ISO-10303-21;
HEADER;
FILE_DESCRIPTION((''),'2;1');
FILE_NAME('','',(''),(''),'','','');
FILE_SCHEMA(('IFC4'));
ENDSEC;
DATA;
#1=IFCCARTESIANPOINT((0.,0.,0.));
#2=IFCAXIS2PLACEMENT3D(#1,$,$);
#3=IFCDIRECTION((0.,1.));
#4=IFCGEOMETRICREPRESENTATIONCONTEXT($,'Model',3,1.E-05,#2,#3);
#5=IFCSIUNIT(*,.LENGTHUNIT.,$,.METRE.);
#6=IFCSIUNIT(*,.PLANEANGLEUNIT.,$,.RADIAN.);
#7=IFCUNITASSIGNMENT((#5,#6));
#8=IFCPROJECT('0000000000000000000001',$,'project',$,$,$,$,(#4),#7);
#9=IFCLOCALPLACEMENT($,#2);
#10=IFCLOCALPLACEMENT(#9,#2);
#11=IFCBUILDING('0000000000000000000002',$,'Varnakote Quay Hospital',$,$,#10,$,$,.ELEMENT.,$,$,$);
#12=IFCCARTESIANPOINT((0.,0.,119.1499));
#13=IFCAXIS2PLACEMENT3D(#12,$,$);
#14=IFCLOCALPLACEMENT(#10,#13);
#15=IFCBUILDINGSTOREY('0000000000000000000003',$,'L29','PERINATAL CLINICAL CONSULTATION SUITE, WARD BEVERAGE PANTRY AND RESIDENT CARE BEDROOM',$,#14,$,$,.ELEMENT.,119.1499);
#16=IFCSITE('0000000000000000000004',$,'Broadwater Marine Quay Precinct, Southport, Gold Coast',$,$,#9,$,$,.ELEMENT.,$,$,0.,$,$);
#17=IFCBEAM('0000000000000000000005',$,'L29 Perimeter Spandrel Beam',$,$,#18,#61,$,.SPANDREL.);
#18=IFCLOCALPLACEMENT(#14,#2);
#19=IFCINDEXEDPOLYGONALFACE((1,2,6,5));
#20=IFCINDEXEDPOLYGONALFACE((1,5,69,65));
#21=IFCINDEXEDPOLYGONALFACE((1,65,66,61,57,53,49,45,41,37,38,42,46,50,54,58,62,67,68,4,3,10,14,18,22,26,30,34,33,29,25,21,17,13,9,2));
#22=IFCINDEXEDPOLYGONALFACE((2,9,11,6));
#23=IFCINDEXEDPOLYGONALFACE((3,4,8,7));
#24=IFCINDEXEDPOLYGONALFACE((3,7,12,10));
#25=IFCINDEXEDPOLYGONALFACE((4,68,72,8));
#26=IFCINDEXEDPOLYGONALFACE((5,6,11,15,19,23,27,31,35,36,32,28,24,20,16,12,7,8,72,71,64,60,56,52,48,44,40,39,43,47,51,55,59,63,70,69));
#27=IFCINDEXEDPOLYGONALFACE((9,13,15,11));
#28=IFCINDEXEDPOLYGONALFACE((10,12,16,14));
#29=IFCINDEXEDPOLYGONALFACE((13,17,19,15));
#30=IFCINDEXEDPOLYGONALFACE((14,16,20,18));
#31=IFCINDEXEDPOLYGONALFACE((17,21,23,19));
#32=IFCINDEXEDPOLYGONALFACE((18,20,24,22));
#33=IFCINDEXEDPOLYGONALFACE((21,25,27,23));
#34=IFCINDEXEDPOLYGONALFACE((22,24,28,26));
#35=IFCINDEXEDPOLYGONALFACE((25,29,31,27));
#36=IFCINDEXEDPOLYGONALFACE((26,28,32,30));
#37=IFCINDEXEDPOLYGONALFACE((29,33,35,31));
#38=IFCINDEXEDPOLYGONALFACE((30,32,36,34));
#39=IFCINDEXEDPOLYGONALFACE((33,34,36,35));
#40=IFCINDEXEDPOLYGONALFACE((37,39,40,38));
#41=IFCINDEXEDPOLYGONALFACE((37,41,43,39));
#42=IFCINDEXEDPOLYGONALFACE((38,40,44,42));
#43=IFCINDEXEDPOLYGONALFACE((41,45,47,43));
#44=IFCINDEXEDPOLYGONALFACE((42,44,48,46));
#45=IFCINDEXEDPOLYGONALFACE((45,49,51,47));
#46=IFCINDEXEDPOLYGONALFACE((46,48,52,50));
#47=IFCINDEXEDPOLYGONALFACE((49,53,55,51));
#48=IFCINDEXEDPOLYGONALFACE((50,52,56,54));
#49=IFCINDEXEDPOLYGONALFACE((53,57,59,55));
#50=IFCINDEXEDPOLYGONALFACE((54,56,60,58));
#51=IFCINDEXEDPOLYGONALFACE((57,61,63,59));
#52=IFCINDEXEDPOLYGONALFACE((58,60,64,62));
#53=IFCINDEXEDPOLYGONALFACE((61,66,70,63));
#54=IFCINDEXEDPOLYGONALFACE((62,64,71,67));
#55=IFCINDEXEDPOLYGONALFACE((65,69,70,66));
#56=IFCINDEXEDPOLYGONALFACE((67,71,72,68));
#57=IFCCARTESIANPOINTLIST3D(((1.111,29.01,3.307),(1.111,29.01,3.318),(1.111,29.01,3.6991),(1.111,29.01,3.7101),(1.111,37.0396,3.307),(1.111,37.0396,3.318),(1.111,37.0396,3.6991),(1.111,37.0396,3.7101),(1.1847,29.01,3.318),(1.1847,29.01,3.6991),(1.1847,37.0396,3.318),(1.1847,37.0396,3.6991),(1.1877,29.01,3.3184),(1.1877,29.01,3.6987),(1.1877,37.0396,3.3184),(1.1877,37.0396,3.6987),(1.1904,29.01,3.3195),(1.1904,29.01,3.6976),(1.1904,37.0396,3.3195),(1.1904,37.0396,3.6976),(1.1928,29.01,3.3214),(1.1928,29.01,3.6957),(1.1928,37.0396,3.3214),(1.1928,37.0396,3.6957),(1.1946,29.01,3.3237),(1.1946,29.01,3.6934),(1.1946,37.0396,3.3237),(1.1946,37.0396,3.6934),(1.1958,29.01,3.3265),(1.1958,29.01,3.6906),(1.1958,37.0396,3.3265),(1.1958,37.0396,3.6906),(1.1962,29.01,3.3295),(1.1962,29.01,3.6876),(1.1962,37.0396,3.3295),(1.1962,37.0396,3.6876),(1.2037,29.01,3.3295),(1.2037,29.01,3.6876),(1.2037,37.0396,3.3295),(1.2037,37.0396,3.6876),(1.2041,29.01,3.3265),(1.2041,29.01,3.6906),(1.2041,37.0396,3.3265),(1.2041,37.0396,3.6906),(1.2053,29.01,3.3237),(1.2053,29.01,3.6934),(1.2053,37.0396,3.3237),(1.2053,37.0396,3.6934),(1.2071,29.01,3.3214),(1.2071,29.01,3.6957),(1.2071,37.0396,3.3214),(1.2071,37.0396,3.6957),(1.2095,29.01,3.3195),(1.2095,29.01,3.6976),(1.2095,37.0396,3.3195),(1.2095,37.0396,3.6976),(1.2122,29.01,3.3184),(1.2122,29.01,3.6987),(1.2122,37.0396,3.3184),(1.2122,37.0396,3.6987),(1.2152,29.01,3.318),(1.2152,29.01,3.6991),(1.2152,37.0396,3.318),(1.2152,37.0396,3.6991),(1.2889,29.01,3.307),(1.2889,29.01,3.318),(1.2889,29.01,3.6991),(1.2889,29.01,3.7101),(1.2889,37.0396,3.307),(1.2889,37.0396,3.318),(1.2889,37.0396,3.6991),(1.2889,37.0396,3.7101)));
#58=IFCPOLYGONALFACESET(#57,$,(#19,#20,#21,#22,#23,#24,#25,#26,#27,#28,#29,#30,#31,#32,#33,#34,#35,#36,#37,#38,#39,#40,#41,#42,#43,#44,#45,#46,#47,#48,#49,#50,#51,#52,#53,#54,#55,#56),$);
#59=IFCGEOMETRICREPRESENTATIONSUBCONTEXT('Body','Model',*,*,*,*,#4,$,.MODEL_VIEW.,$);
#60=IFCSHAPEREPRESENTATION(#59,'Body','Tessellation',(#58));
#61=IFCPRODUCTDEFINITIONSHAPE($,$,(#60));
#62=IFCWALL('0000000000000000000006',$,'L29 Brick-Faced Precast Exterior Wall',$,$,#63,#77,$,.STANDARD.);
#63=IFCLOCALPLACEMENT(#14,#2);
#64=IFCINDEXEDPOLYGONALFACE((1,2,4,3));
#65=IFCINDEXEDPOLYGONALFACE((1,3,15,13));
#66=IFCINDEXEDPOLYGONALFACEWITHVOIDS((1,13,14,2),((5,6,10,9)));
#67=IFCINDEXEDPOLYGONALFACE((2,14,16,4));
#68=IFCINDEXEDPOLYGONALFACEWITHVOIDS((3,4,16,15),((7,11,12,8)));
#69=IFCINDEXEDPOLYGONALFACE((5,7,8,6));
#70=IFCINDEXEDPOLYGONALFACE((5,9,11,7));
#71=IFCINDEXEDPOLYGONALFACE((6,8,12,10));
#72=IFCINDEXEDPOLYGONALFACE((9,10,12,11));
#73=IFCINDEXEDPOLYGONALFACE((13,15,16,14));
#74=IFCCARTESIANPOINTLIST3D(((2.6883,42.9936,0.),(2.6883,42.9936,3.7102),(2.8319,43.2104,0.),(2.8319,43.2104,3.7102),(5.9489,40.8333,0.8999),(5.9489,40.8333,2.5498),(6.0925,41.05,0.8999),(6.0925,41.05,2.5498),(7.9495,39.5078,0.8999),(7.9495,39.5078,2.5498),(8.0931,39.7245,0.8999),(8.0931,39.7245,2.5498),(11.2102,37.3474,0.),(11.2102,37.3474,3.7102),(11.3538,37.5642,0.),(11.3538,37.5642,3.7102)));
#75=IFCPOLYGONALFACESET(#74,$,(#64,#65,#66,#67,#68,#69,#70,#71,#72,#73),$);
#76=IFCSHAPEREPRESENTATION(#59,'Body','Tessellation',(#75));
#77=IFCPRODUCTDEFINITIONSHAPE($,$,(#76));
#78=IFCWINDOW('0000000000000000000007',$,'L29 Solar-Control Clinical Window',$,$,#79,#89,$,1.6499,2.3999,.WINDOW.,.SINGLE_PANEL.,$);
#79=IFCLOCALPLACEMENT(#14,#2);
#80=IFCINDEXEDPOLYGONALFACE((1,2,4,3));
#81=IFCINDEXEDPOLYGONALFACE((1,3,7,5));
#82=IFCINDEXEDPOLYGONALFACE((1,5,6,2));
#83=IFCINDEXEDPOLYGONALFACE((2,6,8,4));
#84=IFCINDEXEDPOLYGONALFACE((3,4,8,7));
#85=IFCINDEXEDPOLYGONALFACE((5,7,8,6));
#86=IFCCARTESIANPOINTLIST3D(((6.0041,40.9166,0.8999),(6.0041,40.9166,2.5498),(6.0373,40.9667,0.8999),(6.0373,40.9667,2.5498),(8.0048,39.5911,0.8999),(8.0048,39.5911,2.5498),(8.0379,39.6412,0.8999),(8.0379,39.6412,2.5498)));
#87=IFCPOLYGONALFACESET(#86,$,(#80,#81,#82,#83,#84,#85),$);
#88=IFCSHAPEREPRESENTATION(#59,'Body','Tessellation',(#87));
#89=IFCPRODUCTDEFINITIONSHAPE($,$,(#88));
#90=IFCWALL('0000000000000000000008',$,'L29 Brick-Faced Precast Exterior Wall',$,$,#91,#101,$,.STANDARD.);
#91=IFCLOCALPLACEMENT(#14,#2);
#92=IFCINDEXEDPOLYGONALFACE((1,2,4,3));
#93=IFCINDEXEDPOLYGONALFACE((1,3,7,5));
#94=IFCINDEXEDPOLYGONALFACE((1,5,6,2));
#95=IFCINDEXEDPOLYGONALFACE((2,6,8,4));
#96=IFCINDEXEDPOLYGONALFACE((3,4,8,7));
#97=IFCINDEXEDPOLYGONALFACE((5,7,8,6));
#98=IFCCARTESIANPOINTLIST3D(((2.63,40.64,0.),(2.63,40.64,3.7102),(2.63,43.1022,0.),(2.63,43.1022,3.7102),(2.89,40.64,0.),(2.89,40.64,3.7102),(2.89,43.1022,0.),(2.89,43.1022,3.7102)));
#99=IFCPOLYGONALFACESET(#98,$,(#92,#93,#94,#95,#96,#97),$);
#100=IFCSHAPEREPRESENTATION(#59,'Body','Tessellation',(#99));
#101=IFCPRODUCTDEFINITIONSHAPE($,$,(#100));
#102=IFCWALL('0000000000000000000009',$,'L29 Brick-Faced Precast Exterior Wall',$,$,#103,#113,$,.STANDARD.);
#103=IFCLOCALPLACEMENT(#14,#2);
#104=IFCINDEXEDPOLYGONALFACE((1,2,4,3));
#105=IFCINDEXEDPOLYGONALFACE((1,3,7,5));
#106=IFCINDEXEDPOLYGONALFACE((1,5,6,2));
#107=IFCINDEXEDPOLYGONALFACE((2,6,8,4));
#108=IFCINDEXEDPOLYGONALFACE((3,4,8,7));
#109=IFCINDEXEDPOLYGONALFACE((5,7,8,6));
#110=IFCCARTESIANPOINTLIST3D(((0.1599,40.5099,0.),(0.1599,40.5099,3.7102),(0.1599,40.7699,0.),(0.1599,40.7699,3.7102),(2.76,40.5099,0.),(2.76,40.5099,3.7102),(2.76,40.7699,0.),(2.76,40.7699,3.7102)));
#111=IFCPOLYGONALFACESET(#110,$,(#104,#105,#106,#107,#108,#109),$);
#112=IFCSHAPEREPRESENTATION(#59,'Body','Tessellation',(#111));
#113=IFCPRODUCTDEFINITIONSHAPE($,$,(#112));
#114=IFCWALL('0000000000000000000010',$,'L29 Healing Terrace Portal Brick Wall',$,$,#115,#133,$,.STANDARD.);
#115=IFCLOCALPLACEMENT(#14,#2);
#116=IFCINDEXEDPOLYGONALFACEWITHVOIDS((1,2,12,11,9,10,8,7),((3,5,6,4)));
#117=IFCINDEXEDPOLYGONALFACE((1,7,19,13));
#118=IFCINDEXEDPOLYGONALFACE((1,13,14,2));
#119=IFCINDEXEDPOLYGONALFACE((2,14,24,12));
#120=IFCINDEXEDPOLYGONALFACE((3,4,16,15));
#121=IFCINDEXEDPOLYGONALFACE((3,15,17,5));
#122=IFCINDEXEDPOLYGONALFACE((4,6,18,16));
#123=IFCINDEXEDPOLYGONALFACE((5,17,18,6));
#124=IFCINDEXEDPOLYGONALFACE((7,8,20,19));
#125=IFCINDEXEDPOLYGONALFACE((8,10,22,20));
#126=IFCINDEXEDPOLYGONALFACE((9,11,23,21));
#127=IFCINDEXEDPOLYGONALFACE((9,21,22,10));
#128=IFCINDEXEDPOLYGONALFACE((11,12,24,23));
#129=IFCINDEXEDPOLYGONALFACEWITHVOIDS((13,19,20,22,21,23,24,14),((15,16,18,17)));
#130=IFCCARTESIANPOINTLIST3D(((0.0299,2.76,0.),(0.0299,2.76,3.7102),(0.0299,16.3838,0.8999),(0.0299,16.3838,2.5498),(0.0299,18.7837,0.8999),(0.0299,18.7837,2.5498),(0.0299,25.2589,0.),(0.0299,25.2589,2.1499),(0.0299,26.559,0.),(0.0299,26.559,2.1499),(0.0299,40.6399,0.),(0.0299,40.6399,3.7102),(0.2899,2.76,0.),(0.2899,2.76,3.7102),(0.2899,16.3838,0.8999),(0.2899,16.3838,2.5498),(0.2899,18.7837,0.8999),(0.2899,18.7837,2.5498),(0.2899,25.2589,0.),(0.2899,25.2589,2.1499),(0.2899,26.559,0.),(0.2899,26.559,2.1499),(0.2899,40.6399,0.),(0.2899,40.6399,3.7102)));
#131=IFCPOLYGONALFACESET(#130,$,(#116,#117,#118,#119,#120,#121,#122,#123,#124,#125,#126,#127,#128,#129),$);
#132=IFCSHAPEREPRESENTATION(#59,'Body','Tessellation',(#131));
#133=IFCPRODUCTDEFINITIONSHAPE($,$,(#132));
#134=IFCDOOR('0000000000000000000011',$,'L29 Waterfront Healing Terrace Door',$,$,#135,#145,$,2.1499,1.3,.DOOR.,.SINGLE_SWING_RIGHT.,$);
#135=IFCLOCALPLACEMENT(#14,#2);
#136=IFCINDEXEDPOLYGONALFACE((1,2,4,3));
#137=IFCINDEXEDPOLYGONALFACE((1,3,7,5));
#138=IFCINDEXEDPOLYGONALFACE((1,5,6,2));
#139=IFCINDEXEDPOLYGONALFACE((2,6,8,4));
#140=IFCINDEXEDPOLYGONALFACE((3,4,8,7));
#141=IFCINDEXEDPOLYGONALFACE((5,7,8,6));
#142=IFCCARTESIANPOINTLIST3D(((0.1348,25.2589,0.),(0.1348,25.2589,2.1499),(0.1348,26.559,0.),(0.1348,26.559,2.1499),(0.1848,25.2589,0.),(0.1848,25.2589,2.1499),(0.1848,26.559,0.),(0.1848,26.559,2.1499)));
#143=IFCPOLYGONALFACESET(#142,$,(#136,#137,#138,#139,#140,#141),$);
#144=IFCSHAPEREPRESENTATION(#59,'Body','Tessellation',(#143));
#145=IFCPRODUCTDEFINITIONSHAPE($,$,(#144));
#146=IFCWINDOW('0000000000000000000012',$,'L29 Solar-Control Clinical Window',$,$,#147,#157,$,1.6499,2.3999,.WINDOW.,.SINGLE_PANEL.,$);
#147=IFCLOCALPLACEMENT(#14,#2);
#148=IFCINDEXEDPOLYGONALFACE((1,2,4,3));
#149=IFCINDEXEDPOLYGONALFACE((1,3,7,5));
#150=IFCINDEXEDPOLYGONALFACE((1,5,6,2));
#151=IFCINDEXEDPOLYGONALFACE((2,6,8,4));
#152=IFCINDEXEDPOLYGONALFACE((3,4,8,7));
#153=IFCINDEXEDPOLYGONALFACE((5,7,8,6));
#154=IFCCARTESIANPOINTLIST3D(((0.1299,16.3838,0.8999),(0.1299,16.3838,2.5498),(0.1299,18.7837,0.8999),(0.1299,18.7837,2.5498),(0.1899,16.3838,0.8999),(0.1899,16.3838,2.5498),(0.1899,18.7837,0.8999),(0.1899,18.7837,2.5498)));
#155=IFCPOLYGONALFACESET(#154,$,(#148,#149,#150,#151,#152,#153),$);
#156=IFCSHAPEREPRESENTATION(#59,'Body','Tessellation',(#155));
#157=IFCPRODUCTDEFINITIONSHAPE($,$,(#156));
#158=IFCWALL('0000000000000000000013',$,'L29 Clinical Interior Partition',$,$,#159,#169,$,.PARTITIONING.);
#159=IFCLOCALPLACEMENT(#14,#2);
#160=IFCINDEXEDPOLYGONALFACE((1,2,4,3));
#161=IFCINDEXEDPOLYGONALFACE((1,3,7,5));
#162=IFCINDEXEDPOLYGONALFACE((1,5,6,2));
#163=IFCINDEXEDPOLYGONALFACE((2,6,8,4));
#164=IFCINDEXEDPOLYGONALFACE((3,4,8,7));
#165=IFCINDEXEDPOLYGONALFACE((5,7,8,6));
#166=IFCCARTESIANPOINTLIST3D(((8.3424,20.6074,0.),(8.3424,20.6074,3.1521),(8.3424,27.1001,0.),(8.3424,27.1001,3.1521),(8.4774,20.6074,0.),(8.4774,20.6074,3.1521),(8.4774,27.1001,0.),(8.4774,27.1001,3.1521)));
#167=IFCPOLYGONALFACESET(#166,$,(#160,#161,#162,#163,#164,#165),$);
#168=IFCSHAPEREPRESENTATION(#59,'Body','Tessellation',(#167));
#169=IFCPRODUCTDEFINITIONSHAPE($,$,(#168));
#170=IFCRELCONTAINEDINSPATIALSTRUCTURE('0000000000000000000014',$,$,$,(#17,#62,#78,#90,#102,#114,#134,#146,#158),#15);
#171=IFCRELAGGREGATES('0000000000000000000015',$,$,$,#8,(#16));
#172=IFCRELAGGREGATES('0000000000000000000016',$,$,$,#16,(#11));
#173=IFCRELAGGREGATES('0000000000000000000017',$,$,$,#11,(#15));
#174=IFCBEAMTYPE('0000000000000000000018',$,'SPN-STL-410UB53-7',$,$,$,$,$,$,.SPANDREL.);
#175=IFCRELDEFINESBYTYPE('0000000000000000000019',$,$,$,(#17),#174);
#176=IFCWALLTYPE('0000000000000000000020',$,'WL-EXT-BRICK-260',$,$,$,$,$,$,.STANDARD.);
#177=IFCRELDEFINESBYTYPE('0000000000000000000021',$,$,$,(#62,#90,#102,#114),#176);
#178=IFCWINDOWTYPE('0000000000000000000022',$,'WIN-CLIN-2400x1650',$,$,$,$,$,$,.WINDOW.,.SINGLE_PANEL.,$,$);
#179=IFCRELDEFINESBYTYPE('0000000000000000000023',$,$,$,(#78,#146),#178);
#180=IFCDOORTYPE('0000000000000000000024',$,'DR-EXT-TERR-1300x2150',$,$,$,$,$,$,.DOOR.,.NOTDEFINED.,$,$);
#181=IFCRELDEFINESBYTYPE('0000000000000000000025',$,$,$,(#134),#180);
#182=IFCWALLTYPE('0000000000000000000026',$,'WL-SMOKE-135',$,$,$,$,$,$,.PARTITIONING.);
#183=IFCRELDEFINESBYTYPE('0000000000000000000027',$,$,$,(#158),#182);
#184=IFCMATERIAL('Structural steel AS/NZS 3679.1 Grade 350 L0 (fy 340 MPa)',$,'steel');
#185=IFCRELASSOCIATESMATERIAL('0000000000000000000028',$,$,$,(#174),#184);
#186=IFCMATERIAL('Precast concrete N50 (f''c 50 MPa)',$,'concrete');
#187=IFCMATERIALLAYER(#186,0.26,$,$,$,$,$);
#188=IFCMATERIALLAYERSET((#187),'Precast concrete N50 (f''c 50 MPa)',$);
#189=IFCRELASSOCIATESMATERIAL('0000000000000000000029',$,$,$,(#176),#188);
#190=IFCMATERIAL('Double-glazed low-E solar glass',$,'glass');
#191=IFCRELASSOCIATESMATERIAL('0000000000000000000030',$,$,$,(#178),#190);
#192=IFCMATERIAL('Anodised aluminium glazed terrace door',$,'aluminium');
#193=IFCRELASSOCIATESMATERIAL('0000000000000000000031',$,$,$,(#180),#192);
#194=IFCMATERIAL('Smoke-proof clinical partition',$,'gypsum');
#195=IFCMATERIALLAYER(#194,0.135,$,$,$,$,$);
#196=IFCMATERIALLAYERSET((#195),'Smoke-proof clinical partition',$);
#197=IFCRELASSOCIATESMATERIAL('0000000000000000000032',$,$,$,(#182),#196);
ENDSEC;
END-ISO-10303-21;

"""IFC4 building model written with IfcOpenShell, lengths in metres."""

from ifc_helpers import new_model, si_unit, direction, frame, frame_2d, origin, origin_2d, place, context, subcontext, project, spatial, rectangle, i_section, extrude, material, layer, layer_set, material_profile, profile_set, type_object, element, fill, save


model = new_model("IFC4")

# Units and contexts
model_context = context("Model", 3, precision=1e-05, world=origin(), true_north=direction((0.0, 1.0)))
body_context = subcontext(model_context, "Body", "Model", "MODEL_VIEW")
ifc_project = project(units=[si_unit("LENGTHUNIT", "METRE"), si_unit("PLANEANGLEUNIT", "RADIAN")], contexts=[model_context])

# Site, building, storey
site_placement = place(None, origin())
site = spatial("IfcSite", under=ifc_project, at=site_placement, Name="Broadwater Marine Quay Precinct, Southport, Gold Coast", CompositionType="ELEMENT", RefElevation=0.0)
building_placement = place(site_placement, origin())
building = spatial("IfcBuilding", under=site, at=building_placement, Name="Varnakote Quay Hospital", CompositionType="ELEMENT")
storey_placement = place(building_placement, frame((0.0, 0.0, 119.1499)))
storey = spatial("IfcBuildingStorey", under=building, at=storey_placement, Name="L29", Description="PERINATAL CLINICAL CONSULTATION SUITE, WARD BEVERAGE PANTRY AND RESIDENT CARE BEDROOM", CompositionType="ELEMENT", Elevation=119.1499)

# Beam
ifc_material_1 = material(Name="Structural steel AS/NZS 3679.1 Grade 350 L0 (fy 340 MPa)", Category="steel")
ifc_material_profile_1 = material_profile(ifc_material_1, i_section(OverallWidth=0.178, OverallDepth=0.4031, WebThickness=0.0076, FlangeThickness=0.011, FilletRadius=0.0115, at=origin_2d()), Name="410UB53.7")
ifc_profile_set_1 = profile_set([ifc_material_profile_1], Name="Structural steel AS/NZS 3679.1 Grade 350 L0 (fy 340 MPa)")
beam_type_1 = type_object("IfcBeamType", Name="SPN-STL-410UB53-7", PredefinedType="SPANDREL", material=ifc_profile_set_1)
beam_1_placement = place(storey_placement, frame((1.2, 29.01, 3.5085), z_axis=(0.0, 1.0, 0.0), x_axis=(-1.0, 0.0, 0.0)))
element("IfcBeam", 1, at=beam_1_placement, inside=storey, type_object=beam_type_1, Name="L29 Perimeter Spandrel Beam", PredefinedType="SPANDREL", context=body_context, shape_type="SweptSolid", body=[
    extrude(i_section(OverallWidth=0.178, OverallDepth=0.4031, WebThickness=0.0076, FlangeThickness=0.011, FilletRadius=0.0115, at=origin_2d()), origin(), (0.0, 0.0, 1.0), 8.0295),
])

# Wall, opening, window
ifc_material_2 = material(Name="Precast concrete N50 (f'c 50 MPa)", Category="concrete")
ifc_layer_1 = layer(ifc_material_2, 0.26)
ifc_layer_set_1 = layer_set([ifc_layer_1], Name="Precast concrete N50 (f'c 50 MPa)")
wall_type_1 = type_object("IfcWallType", Name="WL-EXT-BRICK-260", PredefinedType="STANDARD", material=ifc_layer_set_1)
wall_1_placement = place(storey_placement, frame((11.282, 37.4558, 0.0), z_axis=(0.0, 0.0, 1.0), x_axis=(-0.83363, 0.552323, 0.0)))
wall_1 = element("IfcWall", 2, at=wall_1_placement, inside=storey, type_object=wall_type_1, Name="L29 Brick-Faced Precast Exterior Wall", PredefinedType="STANDARD", context=body_context, shape_type="SweptSolid", body=[
    extrude(rectangle(XDim=10.2227, YDim=0.26, at=frame_2d((5.1113, 0.0))), origin(), (0.0, 0.0, 1.0), 3.7102),
])
opening_1_placement = place(wall_1_placement, frame((3.9114, 0.0, 0.8999)))
opening_1 = element("IfcOpeningElement", 3, at=opening_1_placement, cuts=wall_1, PredefinedType="OPENING", context=body_context, shape_type="SweptSolid", body=[
    extrude(rectangle(XDim=2.3999, YDim=1.6499, at=frame_2d((1.2, 0.825))), frame((0.0, 0.1399, 0.0), z_axis=(0.0, -1.0, 0.0), x_axis=(1.0, 0.0, 0.0)), (0.0, 0.0, 1.0), 0.28),
])
ifc_material_3 = material(Name="Double-glazed low-E solar glass", Category="glass")
window_type = type_object("IfcWindowType", Name="WIN-CLIN-2400x1650", PartitioningType="SINGLE_PANEL", PredefinedType="WINDOW", material=ifc_material_3)
window_1_placement = place(opening_1_placement, origin())
window_1 = element("IfcWindow", 4, at=window_1_placement, inside=storey, type_object=window_type, Name="L29 Solar-Control Clinical Window", OverallHeight=1.6499, OverallWidth=2.3999, PartitioningType="SINGLE_PANEL", PredefinedType="WINDOW", context=body_context, shape_type="SweptSolid", body=[
    extrude(rectangle(XDim=2.3999, YDim=1.6499, at=frame_2d((1.2, 0.825))), frame((0.0, 0.03, 0.0), z_axis=(0.0, -1.0, 0.0), x_axis=(1.0, 0.0, 0.0)), (0.0, 0.0, 1.0), 0.0601),
])
fill(opening_1, window_1)

# Walls
wall_2_placement = place(storey_placement, frame((2.76, 43.1021, 0.0), z_axis=(0.0, 0.0, 1.0), x_axis=(0.0, -1.0, 0.0)))
element("IfcWall", 5, at=wall_2_placement, inside=storey, type_object=wall_type_1, Name="L29 Brick-Faced Precast Exterior Wall", PredefinedType="STANDARD", context=body_context, shape_type="SweptSolid", body=[
    extrude(rectangle(XDim=2.4622, YDim=0.26, at=frame_2d((1.231, 0.0))), origin(), (0.0, 0.0, 1.0), 3.7102),
])
wall_3_placement = place(storey_placement, frame((2.76, 40.6399, 0.0), z_axis=(0.0, 0.0, 1.0), x_axis=(-1.0, 0.0, 0.0)))
element("IfcWall", 6, at=wall_3_placement, inside=storey, type_object=wall_type_1, Name="L29 Brick-Faced Precast Exterior Wall", PredefinedType="STANDARD", context=body_context, shape_type="SweptSolid", body=[
    extrude(rectangle(XDim=2.6001, YDim=0.26, at=frame_2d((1.3, 0.0))), origin(), (0.0, 0.0, 1.0), 3.7102),
])

# Wall, openings, door, window
wall_4_placement = place(storey_placement, frame((0.1599, 40.6399, 0.0), z_axis=(0.0, 0.0, 1.0), x_axis=(0.0, -1.0, 0.0)))
wall_4 = element("IfcWall", 7, at=wall_4_placement, inside=storey, type_object=wall_type_1, Name="L29 Healing Terrace Portal Brick Wall", PredefinedType="STANDARD", context=body_context, shape_type="SweptSolid", body=[
    extrude(rectangle(XDim=37.8799, YDim=0.26, at=frame_2d((18.9399, 0.0))), origin(), (0.0, 0.0, 1.0), 3.7102),
])
opening_2_placement = place(wall_4_placement, frame((14.0811, 0.0, 0.0)))
opening_2 = element("IfcOpeningElement", 8, at=opening_2_placement, cuts=wall_4, PredefinedType="OPENING", context=body_context, shape_type="SweptSolid", body=[
    extrude(rectangle(XDim=1.3, YDim=2.1499, at=frame_2d((0.6499, 1.075))), frame((0.0, 0.1399, 0.0), z_axis=(0.0, -1.0, 0.0), x_axis=(1.0, 0.0, 0.0)), (0.0, 0.0, 1.0), 0.28),
])
opening_3_placement = place(wall_4_placement, frame((21.8562, 0.0, 0.8999)))
opening_3 = element("IfcOpeningElement", 9, at=opening_3_placement, cuts=wall_4, PredefinedType="OPENING", context=body_context, shape_type="SweptSolid", body=[
    extrude(rectangle(XDim=2.3999, YDim=1.6499, at=frame_2d((1.2, 0.825))), frame((0.0, 0.1399, 0.0), z_axis=(0.0, -1.0, 0.0), x_axis=(1.0, 0.0, 0.0)), (0.0, 0.0, 1.0), 0.28),
])
ifc_material_4 = material(Name="Anodised aluminium glazed terrace door", Category="aluminium")
door_type_1 = type_object("IfcDoorType", Name="DR-EXT-TERR-1300x2150", OperationType="NOTDEFINED", PredefinedType="DOOR", material=ifc_material_4)
door_1_placement = place(opening_2_placement, origin())
door_1 = element("IfcDoor", 10, at=door_1_placement, inside=storey, type_object=door_type_1, Name="L29 Waterfront Healing Terrace Door", OperationType="SINGLE_SWING_RIGHT", OverallHeight=2.1499, OverallWidth=1.3, PredefinedType="DOOR", context=body_context, shape_type="SweptSolid", body=[
    extrude(rectangle(XDim=1.3, YDim=2.1499, at=frame_2d((0.6499, 1.075))), frame((0.0, 0.0249, 0.0), z_axis=(0.0, -1.0, 0.0), x_axis=(1.0, 0.0, 0.0)), (0.0, 0.0, 1.0), 0.05),
])
fill(opening_2, door_1)
window_2_placement = place(opening_3_placement, origin())
window_2 = element("IfcWindow", 11, at=window_2_placement, inside=storey, type_object=window_type, Name="L29 Solar-Control Clinical Window", OverallHeight=1.6499, OverallWidth=2.3999, PartitioningType="SINGLE_PANEL", PredefinedType="WINDOW", context=body_context, shape_type="SweptSolid", body=[
    extrude(rectangle(XDim=2.3999, YDim=1.6499, at=frame_2d((1.2, 0.825))), frame((0.0, 0.03, 0.0), z_axis=(0.0, -1.0, 0.0), x_axis=(1.0, 0.0, 0.0)), (0.0, 0.0, 1.0), 0.0601),
])
fill(opening_3, window_2)

# Wall
ifc_material_5 = material(Name="Smoke-proof clinical partition", Category="gypsum")
ifc_layer_2 = layer(ifc_material_5, 0.135)
ifc_layer_set_2 = layer_set([ifc_layer_2], Name="Smoke-proof clinical partition")
wall_type_2 = type_object("IfcWallType", Name="WL-SMOKE-135", PredefinedType="PARTITIONING", material=ifc_layer_set_2)
wall_5_placement = place(storey_placement, frame((8.4099, 20.6074, 0.0), z_axis=(0.0, 0.0, 1.0), x_axis=(0.0, 1.0, 0.0)))
element("IfcWall", 12, at=wall_5_placement, inside=storey, type_object=wall_type_2, Name="L29 Clinical Interior Partition", PredefinedType="PARTITIONING", context=body_context, shape_type="SweptSolid", body=[
    extrude(rectangle(XDim=6.4927, YDim=0.135, at=frame_2d((3.2463, 0.0))), origin(), (0.0, 0.0, 1.0), 3.1521),
])

save(model, "model.ifc")
